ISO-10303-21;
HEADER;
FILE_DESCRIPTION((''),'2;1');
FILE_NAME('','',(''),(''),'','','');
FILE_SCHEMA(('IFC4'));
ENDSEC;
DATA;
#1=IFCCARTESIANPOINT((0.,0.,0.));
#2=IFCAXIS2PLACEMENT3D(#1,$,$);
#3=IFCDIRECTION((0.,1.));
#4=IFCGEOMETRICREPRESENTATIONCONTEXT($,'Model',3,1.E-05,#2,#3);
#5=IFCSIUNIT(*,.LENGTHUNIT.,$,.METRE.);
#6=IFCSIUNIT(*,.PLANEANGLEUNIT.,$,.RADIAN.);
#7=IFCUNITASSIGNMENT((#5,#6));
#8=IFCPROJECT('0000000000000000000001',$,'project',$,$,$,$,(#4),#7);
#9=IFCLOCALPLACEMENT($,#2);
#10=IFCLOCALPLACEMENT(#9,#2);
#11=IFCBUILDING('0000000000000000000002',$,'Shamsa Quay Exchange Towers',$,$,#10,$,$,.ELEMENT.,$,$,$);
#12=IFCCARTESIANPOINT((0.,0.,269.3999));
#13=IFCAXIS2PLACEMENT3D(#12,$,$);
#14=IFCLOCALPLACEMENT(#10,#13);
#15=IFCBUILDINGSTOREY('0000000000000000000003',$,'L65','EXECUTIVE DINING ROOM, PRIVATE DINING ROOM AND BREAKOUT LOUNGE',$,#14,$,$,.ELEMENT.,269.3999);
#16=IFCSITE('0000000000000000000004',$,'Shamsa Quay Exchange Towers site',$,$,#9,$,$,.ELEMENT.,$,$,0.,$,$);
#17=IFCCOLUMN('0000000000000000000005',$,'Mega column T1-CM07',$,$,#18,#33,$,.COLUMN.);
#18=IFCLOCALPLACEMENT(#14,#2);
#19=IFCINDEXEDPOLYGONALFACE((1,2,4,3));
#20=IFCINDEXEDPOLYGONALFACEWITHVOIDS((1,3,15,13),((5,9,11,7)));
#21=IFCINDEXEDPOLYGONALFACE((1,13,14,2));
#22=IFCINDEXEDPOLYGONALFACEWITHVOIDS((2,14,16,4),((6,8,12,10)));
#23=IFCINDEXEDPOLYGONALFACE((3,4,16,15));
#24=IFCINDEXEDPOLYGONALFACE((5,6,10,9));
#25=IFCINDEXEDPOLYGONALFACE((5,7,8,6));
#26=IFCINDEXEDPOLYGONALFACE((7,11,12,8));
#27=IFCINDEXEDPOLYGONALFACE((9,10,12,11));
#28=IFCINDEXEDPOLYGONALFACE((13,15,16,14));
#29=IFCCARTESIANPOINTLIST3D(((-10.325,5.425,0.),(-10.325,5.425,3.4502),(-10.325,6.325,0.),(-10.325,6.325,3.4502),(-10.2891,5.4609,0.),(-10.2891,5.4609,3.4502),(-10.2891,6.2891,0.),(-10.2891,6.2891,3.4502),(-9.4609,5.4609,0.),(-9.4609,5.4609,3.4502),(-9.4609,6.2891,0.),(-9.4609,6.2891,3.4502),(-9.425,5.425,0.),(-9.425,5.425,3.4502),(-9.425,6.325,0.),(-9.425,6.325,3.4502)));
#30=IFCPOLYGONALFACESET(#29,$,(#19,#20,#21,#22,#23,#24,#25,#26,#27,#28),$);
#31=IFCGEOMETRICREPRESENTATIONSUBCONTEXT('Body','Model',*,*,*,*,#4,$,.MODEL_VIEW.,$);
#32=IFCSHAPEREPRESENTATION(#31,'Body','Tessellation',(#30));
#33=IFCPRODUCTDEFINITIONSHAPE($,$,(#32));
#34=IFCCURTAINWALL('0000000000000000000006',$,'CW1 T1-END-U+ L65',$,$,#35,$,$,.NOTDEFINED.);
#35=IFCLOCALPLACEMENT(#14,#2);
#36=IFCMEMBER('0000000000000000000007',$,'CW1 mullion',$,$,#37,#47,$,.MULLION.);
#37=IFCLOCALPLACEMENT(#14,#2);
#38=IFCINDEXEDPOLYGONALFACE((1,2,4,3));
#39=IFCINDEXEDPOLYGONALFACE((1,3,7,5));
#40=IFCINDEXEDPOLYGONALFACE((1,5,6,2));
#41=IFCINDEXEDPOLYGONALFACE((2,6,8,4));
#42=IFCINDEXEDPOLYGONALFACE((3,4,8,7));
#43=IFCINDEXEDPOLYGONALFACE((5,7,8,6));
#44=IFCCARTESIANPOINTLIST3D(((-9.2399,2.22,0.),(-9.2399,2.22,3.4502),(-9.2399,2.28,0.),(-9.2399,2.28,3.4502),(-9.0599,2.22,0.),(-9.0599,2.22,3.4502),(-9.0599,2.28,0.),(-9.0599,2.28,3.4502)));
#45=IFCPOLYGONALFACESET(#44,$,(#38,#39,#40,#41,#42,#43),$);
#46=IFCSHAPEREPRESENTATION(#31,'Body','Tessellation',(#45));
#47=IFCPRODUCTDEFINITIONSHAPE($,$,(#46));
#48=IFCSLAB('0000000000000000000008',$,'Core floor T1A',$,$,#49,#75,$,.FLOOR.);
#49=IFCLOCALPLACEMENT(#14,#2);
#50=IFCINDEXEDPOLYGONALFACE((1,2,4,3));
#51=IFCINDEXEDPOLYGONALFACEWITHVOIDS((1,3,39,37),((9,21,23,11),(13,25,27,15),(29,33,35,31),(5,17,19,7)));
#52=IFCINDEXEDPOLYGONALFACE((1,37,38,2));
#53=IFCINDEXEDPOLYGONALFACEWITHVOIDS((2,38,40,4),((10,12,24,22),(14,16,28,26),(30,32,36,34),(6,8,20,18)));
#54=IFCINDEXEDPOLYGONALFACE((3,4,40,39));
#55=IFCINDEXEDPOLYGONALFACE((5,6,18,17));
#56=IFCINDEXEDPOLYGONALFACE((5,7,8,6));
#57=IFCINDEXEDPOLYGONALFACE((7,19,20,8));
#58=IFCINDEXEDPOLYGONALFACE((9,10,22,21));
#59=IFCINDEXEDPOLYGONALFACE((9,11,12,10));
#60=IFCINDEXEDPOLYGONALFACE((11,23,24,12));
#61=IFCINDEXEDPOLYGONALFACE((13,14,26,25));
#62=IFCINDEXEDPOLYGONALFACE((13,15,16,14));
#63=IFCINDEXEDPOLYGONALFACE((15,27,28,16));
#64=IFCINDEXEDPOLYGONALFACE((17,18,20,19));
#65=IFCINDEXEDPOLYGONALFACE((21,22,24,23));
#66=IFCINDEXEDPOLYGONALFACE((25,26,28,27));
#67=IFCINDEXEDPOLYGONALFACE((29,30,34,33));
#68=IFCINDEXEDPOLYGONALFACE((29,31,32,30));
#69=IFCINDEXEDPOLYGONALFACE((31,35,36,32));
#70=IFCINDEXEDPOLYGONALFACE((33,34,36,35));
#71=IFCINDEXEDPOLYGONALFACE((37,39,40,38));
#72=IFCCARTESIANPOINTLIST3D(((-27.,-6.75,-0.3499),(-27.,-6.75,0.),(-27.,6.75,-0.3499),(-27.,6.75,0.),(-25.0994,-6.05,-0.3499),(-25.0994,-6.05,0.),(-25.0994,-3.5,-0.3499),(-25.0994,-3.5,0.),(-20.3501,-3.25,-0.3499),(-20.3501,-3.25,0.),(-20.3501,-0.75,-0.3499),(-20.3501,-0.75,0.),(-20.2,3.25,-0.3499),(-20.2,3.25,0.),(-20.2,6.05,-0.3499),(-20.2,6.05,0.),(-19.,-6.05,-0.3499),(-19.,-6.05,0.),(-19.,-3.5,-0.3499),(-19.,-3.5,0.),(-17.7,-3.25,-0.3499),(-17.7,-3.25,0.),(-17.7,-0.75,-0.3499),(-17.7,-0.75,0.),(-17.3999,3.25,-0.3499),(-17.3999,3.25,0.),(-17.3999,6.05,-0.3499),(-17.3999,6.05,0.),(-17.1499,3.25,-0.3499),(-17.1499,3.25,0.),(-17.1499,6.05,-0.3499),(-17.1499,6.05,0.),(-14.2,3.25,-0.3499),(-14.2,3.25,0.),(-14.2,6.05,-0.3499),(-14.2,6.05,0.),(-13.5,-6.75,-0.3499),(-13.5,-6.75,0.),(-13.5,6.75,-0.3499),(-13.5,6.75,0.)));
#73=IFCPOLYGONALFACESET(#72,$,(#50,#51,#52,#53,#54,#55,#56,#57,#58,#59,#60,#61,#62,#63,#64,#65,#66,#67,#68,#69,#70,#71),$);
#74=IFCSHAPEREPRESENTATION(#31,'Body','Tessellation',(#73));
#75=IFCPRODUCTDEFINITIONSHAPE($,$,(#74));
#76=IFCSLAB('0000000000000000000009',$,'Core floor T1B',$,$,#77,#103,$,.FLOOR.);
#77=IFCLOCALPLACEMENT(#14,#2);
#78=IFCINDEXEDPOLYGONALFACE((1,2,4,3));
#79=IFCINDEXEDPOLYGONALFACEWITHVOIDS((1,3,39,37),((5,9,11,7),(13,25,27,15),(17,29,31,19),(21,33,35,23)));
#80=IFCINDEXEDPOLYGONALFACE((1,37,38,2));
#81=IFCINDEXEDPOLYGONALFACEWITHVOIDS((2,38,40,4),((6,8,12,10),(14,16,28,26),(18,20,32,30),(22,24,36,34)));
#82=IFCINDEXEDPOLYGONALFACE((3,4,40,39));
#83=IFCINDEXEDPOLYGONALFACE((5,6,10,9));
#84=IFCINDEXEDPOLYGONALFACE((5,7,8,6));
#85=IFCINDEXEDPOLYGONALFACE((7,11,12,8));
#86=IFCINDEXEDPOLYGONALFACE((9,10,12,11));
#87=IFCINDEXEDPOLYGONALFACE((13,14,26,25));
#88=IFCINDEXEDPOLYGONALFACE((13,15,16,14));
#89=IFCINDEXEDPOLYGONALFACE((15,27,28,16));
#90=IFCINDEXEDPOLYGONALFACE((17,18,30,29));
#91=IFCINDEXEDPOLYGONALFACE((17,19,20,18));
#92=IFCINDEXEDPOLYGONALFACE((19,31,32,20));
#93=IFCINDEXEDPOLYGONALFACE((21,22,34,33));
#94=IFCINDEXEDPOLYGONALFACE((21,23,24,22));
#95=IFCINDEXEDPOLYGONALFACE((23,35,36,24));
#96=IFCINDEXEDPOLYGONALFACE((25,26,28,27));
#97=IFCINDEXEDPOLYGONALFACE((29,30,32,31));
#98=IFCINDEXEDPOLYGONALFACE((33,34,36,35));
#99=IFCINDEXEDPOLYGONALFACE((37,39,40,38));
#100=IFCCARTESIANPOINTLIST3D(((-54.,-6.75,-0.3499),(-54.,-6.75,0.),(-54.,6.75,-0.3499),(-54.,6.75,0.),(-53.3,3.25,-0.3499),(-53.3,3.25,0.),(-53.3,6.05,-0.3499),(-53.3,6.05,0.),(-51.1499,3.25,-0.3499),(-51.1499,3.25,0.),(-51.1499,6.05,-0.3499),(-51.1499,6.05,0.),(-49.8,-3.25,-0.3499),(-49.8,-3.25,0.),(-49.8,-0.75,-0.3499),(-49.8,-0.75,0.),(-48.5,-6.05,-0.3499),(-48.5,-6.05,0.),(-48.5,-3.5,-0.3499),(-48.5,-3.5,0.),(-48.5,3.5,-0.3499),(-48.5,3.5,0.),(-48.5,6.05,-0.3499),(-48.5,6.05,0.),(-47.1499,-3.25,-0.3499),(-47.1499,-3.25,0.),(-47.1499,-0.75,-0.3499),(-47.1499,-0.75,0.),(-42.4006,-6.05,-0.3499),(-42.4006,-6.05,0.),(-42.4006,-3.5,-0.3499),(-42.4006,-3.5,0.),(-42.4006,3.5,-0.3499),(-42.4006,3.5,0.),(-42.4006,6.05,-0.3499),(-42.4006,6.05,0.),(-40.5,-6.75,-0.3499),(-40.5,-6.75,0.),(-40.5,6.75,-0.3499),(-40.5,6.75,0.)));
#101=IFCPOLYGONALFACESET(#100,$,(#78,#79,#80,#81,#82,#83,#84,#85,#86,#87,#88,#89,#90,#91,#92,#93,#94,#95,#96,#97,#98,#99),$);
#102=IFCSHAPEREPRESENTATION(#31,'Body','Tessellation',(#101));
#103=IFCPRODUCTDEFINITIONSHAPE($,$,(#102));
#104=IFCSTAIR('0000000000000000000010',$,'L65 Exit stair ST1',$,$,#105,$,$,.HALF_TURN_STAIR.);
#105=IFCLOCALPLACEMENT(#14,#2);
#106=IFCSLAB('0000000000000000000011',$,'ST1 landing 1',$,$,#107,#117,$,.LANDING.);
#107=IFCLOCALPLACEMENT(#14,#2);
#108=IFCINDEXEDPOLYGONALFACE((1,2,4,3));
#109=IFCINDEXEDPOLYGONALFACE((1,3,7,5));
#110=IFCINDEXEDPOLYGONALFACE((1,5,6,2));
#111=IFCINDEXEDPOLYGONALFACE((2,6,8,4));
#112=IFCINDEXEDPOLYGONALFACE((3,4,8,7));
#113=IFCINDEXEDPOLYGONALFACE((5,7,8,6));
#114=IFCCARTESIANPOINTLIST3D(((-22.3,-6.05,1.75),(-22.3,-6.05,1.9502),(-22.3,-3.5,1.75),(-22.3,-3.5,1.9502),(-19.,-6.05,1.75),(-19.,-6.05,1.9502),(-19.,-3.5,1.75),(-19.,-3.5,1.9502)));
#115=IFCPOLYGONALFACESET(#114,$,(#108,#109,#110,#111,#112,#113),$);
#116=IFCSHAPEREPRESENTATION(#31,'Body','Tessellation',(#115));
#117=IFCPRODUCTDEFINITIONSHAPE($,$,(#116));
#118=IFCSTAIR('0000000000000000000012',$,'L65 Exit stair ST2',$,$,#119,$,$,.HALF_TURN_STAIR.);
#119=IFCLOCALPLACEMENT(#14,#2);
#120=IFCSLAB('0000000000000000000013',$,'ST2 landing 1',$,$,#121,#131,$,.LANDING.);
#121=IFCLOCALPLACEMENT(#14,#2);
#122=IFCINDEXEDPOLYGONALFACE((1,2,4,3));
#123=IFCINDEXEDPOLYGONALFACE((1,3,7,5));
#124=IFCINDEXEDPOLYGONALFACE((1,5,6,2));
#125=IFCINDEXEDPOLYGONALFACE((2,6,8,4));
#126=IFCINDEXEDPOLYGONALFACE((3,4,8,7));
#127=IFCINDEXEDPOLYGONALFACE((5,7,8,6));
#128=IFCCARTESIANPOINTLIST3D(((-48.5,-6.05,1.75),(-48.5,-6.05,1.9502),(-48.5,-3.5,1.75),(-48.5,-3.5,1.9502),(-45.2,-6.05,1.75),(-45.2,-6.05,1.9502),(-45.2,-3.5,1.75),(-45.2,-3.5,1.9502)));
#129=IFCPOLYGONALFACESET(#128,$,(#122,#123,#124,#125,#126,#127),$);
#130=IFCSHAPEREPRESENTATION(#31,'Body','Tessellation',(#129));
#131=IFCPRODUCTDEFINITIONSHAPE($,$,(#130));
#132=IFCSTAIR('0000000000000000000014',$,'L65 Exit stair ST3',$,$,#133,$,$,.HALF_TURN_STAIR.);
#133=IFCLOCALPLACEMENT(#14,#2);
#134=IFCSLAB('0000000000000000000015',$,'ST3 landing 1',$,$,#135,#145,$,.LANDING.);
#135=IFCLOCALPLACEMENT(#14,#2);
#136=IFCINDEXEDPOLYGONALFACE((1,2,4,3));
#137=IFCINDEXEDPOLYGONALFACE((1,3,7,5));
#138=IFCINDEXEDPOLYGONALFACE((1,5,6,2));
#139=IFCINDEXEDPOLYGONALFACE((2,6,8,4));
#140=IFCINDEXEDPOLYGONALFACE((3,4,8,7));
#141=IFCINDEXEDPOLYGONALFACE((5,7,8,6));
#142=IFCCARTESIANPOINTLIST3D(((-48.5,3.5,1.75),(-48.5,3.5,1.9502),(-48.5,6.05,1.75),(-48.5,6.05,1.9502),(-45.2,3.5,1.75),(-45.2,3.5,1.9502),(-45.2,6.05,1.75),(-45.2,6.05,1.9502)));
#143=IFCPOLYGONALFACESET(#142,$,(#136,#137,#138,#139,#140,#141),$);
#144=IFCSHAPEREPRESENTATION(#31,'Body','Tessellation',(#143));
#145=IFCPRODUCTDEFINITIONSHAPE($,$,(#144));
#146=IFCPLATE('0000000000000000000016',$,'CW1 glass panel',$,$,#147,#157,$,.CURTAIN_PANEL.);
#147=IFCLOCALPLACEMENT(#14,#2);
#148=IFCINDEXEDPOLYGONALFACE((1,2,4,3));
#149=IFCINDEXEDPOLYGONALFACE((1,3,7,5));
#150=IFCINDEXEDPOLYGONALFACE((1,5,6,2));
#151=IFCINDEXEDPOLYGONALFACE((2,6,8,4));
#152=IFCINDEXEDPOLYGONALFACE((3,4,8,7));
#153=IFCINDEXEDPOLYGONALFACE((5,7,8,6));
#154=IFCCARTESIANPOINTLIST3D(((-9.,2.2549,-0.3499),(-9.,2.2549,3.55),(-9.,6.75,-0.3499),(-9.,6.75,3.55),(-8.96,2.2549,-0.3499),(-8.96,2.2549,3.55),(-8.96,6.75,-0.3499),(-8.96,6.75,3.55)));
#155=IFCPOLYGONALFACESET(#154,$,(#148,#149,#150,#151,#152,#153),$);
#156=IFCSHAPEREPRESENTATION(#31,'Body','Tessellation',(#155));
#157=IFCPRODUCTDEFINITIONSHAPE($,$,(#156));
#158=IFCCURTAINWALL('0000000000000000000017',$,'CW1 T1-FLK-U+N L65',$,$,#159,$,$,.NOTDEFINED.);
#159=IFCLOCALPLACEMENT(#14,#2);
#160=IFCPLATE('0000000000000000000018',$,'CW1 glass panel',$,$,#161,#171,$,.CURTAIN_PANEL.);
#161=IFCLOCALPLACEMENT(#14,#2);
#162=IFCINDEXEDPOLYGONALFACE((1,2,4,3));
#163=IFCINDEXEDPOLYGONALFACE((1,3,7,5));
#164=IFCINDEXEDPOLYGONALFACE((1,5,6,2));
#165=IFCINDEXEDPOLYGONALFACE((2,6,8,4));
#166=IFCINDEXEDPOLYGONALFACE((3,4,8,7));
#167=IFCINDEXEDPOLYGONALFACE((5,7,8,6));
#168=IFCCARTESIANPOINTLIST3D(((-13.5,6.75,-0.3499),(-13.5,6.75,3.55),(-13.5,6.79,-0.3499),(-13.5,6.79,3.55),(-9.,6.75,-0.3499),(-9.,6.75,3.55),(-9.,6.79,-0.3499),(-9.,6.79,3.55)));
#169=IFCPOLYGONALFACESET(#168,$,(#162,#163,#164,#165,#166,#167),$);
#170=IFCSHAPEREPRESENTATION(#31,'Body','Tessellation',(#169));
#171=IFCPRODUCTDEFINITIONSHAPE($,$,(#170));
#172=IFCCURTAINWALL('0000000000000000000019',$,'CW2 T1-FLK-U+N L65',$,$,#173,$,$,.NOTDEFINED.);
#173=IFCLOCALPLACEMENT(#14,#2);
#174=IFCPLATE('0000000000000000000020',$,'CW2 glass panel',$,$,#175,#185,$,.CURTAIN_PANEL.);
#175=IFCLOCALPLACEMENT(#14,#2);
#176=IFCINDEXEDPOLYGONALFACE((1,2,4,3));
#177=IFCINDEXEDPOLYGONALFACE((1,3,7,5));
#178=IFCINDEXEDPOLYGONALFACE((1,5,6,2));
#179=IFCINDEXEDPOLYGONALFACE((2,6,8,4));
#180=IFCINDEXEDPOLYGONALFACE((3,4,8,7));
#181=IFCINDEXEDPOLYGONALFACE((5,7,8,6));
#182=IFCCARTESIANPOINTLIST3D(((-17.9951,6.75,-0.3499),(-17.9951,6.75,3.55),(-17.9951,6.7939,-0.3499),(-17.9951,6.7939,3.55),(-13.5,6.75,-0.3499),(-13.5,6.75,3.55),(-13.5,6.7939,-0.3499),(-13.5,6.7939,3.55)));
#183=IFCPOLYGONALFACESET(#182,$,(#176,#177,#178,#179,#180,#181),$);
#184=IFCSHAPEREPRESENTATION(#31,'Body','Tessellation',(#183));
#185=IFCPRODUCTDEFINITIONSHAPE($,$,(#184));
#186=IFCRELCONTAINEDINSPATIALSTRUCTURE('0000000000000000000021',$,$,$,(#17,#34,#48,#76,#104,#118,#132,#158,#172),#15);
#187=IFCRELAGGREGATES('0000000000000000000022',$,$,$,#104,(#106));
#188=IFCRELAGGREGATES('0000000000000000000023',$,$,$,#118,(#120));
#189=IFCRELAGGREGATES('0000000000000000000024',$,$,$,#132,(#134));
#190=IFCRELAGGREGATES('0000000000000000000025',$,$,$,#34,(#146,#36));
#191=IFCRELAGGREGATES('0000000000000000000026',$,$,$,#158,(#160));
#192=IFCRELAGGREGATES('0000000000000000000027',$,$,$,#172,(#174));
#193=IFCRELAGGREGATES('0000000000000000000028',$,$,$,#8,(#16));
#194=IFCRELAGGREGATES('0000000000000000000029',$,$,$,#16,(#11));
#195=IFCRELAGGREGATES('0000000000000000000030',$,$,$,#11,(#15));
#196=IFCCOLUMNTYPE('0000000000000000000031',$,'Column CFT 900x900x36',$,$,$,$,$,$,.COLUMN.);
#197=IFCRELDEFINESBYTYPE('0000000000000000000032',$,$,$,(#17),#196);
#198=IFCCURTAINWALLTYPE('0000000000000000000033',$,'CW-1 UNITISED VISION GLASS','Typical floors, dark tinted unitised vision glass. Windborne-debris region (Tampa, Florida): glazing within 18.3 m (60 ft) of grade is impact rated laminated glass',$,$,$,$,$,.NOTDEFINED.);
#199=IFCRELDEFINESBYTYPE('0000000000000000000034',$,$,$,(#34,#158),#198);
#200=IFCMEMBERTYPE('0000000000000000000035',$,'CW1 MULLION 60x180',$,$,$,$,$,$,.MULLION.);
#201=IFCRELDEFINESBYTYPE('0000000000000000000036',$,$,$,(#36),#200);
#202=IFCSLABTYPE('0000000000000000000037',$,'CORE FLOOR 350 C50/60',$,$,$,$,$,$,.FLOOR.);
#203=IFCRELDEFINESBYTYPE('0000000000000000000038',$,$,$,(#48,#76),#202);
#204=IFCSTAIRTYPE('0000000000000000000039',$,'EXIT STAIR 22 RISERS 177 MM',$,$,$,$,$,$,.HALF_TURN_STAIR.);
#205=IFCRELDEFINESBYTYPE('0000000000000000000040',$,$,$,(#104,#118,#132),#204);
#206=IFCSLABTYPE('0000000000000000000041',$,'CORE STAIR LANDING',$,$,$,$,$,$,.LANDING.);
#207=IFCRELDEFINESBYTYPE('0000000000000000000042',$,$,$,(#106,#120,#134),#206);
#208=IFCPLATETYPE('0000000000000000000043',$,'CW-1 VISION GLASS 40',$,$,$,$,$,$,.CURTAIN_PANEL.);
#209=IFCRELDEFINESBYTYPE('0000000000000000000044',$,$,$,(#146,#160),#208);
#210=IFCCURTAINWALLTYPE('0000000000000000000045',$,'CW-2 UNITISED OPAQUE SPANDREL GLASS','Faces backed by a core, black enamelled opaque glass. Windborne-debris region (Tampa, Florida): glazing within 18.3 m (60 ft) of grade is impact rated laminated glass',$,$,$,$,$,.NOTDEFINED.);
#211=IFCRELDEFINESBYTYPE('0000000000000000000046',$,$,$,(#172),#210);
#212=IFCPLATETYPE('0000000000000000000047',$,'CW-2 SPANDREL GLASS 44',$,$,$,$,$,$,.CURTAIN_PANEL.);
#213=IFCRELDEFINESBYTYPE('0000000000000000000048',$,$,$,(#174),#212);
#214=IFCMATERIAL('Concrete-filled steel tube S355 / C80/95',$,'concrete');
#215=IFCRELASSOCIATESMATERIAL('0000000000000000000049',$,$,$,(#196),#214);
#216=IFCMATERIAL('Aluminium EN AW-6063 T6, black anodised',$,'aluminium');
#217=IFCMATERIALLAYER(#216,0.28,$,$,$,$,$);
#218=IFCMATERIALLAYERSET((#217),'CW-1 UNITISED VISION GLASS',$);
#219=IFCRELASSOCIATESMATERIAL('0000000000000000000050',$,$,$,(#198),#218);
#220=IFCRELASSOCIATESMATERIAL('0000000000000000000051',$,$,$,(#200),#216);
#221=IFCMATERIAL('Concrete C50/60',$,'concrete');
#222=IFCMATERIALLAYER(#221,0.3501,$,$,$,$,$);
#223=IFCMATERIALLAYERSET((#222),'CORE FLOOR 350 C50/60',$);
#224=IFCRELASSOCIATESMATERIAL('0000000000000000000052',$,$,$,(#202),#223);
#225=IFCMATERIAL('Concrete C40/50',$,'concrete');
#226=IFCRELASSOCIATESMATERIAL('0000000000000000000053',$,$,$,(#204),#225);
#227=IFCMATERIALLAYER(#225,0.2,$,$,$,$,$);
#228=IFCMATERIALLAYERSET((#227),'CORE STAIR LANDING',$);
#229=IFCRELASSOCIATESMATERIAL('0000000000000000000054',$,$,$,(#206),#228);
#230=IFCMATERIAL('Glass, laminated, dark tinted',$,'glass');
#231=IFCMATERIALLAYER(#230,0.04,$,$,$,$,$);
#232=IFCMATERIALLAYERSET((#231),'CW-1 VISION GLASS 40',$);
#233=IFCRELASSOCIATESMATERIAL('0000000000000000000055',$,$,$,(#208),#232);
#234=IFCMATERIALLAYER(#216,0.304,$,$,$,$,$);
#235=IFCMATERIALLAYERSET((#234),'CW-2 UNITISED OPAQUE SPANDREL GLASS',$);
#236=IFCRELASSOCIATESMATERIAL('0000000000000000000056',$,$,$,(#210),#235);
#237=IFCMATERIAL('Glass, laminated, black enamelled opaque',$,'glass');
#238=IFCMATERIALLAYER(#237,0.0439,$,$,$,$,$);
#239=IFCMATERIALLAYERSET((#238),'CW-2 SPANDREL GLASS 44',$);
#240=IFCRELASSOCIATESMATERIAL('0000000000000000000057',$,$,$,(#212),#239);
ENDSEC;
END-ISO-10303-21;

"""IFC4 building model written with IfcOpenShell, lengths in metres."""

from ifc_helpers import new_model, si_unit, direction, frame, origin, origin_2d, place, context, subcontext, project, spatial, polyline, rectangle, hollow_rectangle, outline, extrude, material, layer, layer_set, material_profile, profile_set, type_object, element, aggregate, save


model = new_model("IFC4")

# Units and contexts
model_context = context("Model", 3, precision=1e-05, world=origin(), true_north=direction((0.0, 1.0)))
body_context = subcontext(model_context, "Body", "Model", "MODEL_VIEW")
ifc_project = project(units=[si_unit("LENGTHUNIT", "METRE"), si_unit("PLANEANGLEUNIT", "RADIAN")], contexts=[model_context])

# Site, building, storey
site_placement = place(None, origin())
site = spatial("IfcSite", under=ifc_project, at=site_placement, Name="Shamsa Quay Exchange Towers site", CompositionType="ELEMENT", RefElevation=0.0)
building_placement = place(site_placement, origin())
building = spatial("IfcBuilding", under=site, at=building_placement, Name="Shamsa Quay Exchange Towers", CompositionType="ELEMENT")
storey_placement = place(building_placement, frame((0.0, 0.0, 269.3999)))
storey = spatial("IfcBuildingStorey", under=building, at=storey_placement, Name="L65", Description="EXECUTIVE DINING ROOM, PRIVATE DINING ROOM AND BREAKOUT LOUNGE", CompositionType="ELEMENT", Elevation=269.3999)

# Column
ifc_material_1 = material(Name="Concrete-filled steel tube S355 / C80/95", Category="concrete")
ifc_material_profile_1 = material_profile(ifc_material_1, hollow_rectangle(XDim=0.8999, YDim=0.8999, WallThickness=0.0359, at=origin_2d()), Name="CFT 900x900x36")
ifc_profile_set_1 = profile_set([ifc_material_profile_1], Name="Concrete-filled steel tube S355 / C80/95")
column_type = type_object("IfcColumnType", Name="Column CFT 900x900x36", PredefinedType="COLUMN", material=ifc_profile_set_1)
column_placement = place(storey_placement, frame((-9.875, 5.875, 0.0)))
element("IfcColumn", 1, at=column_placement, inside=storey, type_object=column_type, Name="Mega column T1-CM07", PredefinedType="COLUMN", context=body_context, shape_type="SweptSolid", body=[
    extrude(hollow_rectangle(XDim=0.8999, YDim=0.8999, WallThickness=0.0359, at=origin_2d()), origin(), (0.0, 0.0, 1.0), 3.4502),
])

# Curtain wall, member
ifc_material_2 = material(Name="Aluminium EN AW-6063 T6, black anodised", Category="aluminium")
ifc_layer_1 = layer(ifc_material_2, 0.28)
ifc_layer_set_1 = layer_set([ifc_layer_1], Name="CW-1 UNITISED VISION GLASS")
curtain_wall_type_1 = type_object("IfcCurtainWallType", Name="CW-1 UNITISED VISION GLASS", Description="Typical floors, dark tinted unitised vision glass. Windborne-debris region (Tampa, Florida): glazing within 18.3 m (60 ft) of grade is impact rated laminated glass", PredefinedType="NOTDEFINED", material=ifc_layer_set_1)
curtain_wall_1_placement = place(storey_placement, origin())
curtain_wall_1 = element("IfcCurtainWall", 2, at=curtain_wall_1_placement, inside=storey, type_object=curtain_wall_type_1, Name="CW1 T1-END-U+ L65", PredefinedType="NOTDEFINED")
ifc_material_profile_2 = material_profile(ifc_material_2, rectangle(XDim=0.1799, YDim=0.0601, at=origin_2d()), Name="MU60x180")
ifc_profile_set_2 = profile_set([ifc_material_profile_2], Name="Aluminium EN AW-6063 T6, black anodised")
member_type = type_object("IfcMemberType", Name="CW1 MULLION 60x180", PredefinedType="MULLION", material=ifc_profile_set_2)
member_placement = place(storey_placement, frame((-9.1499, 2.25, 0.0), z_axis=(0.0, 0.0, 1.0), x_axis=(-1.0, 0.0, 0.0)))
member = element("IfcMember", 3, at=member_placement, type_object=member_type, Name="CW1 mullion", PredefinedType="MULLION", context=body_context, shape_type="SweptSolid", body=[
    extrude(rectangle(XDim=0.1799, YDim=0.0601, at=origin_2d()), origin(), (0.0, 0.0, 1.0), 3.4502),
])

# Slabs
ifc_material_3 = material(Name="Concrete C50/60", Category="concrete")
ifc_layer_2 = layer(ifc_material_3, 0.3501)
ifc_layer_set_2 = layer_set([ifc_layer_2], Name="CORE FLOOR 350 C50/60")
slab_type_1 = type_object("IfcSlabType", Name="CORE FLOOR 350 C50/60", PredefinedType="FLOOR", material=ifc_layer_set_2)
slab_1_placement = place(storey_placement, frame((0.0, 0.0, -0.3499)))
element("IfcSlab", 4, at=slab_1_placement, inside=storey, type_object=slab_type_1, Name="Core floor T1A", PredefinedType="FLOOR", context=body_context, shape_type="SweptSolid", body=[
    extrude(outline(polyline([(-27.0, -6.75), (-13.5, -6.75), (-13.5, 6.75), (-27.0, 6.75), (-27.0, -6.75)]), holes=[polyline([(-25.0994, -6.05), (-25.0994, -3.5), (-19.0, -3.5), (-19.0, -6.05), (-25.0994, -6.05)]), polyline([(-20.2, 3.25), (-20.2, 6.05), (-17.3999, 6.05), (-17.3999, 3.25), (-20.2, 3.25)]), polyline([(-17.1499, 3.25), (-17.1499, 6.05), (-14.2, 6.05), (-14.2, 3.25), (-17.1499, 3.25)]), polyline([(-20.3501, -3.25), (-20.3501, -0.75), (-17.7, -0.75), (-17.7, -3.25), (-20.3501, -3.25)])]), origin(), (0.0, 0.0, 1.0), 0.3499),
])
slab_2_placement = place(storey_placement, frame((0.0, 0.0, -0.3499)))
element("IfcSlab", 5, at=slab_2_placement, inside=storey, type_object=slab_type_1, Name="Core floor T1B", PredefinedType="FLOOR", context=body_context, shape_type="SweptSolid", body=[
    extrude(outline(polyline([(-40.5, -6.75), (-40.5, 6.75), (-54.0, 6.75), (-54.0, -6.75), (-40.5, -6.75)]), holes=[polyline([(-42.4006, -3.5), (-42.4006, -6.05), (-48.5, -6.05), (-48.5, -3.5), (-42.4006, -3.5)]), polyline([(-42.4006, 6.05), (-42.4006, 3.5), (-48.5, 3.5), (-48.5, 6.05), (-42.4006, 6.05)]), polyline([(-51.1499, 3.25), (-53.3, 3.25), (-53.3, 6.05), (-51.1499, 6.05), (-51.1499, 3.25)]), polyline([(-47.1499, -3.25), (-49.8, -3.25), (-49.8, -0.75), (-47.1499, -0.75), (-47.1499, -3.25)])]), origin(), (0.0, 0.0, 1.0), 0.3499),
])

# Stairs, slabs
ifc_material_4 = material(Name="Concrete C40/50", Category="concrete")
stair_type = type_object("IfcStairType", Name="EXIT STAIR 22 RISERS 177 MM", PredefinedType="HALF_TURN_STAIR", material=ifc_material_4)
stair_1_placement = place(storey_placement, origin())
stair_1 = element("IfcStair", 6, at=stair_1_placement, inside=storey, type_object=stair_type, Name="L65 Exit stair ST1", PredefinedType="HALF_TURN_STAIR")
ifc_layer_3 = layer(ifc_material_4, 0.2)
ifc_layer_set_3 = layer_set([ifc_layer_3], Name="CORE STAIR LANDING")
slab_type_2 = type_object("IfcSlabType", Name="CORE STAIR LANDING", PredefinedType="LANDING", material=ifc_layer_set_3)
slab_3_placement = place(storey_placement, frame((0.0, 0.0, 1.75)))
slab_3 = element("IfcSlab", 7, at=slab_3_placement, type_object=slab_type_2, Name="ST1 landing 1", PredefinedType="LANDING", context=body_context, shape_type="SweptSolid", body=[
    extrude(outline(polyline([(-22.3, -6.05), (-19.0, -6.05), (-19.0, -3.5), (-22.3, -3.5), (-22.3, -6.05)])), origin(), (0.0, 0.0, 1.0), 0.2002),
])
aggregate(stair_1, [slab_3])
stair_2_placement = place(storey_placement, origin())
stair_2 = element("IfcStair", 8, at=stair_2_placement, inside=storey, type_object=stair_type, Name="L65 Exit stair ST2", PredefinedType="HALF_TURN_STAIR")
slab_4_placement = place(storey_placement, frame((0.0, 0.0, 1.75)))
slab_4 = element("IfcSlab", 9, at=slab_4_placement, type_object=slab_type_2, Name="ST2 landing 1", PredefinedType="LANDING", context=body_context, shape_type="SweptSolid", body=[
    extrude(outline(polyline([(-45.2, -3.5), (-48.5, -3.5), (-48.5, -6.05), (-45.2, -6.05), (-45.2, -3.5)])), origin(), (0.0, 0.0, 1.0), 0.2002),
])
aggregate(stair_2, [slab_4])
stair_3_placement = place(storey_placement, origin())
stair_3 = element("IfcStair", 10, at=stair_3_placement, inside=storey, type_object=stair_type, Name="L65 Exit stair ST3", PredefinedType="HALF_TURN_STAIR")
slab_5_placement = place(storey_placement, frame((0.0, 0.0, 1.75)))
slab_5 = element("IfcSlab", 11, at=slab_5_placement, type_object=slab_type_2, Name="ST3 landing 1", PredefinedType="LANDING", context=body_context, shape_type="SweptSolid", body=[
    extrude(outline(polyline([(-45.2, 6.05), (-48.5, 6.05), (-48.5, 3.5), (-45.2, 3.5), (-45.2, 6.05)])), origin(), (0.0, 0.0, 1.0), 0.2002),
])
aggregate(stair_3, [slab_5])

# Plate
ifc_material_5 = material(Name="Glass, laminated, dark tinted", Category="glass")
ifc_layer_4 = layer(ifc_material_5, 0.04)
ifc_layer_set_4 = layer_set([ifc_layer_4], Name="CW-1 VISION GLASS 40")
plate_type_1 = type_object("IfcPlateType", Name="CW-1 VISION GLASS 40", PredefinedType="CURTAIN_PANEL", material=ifc_layer_set_4)
plate_1_placement = place(storey_placement, frame((-8.98, 4.5024, -0.3499), z_axis=(0.0, 0.0, 1.0), x_axis=(0.0, 1.0, 0.0)))
plate_1 = element("IfcPlate", 12, at=plate_1_placement, type_object=plate_type_1, Name="CW1 glass panel", PredefinedType="CURTAIN_PANEL", context=body_context, shape_type="SweptSolid", body=[
    extrude(rectangle(XDim=4.4951, YDim=0.04, at=origin_2d()), origin(), (0.0, 0.0, 1.0), 3.8999),
])
aggregate(curtain_wall_1, [plate_1, member])

# Curtain walls, plates
curtain_wall_2_placement = place(storey_placement, origin())
curtain_wall_2 = element("IfcCurtainWall", 13, at=curtain_wall_2_placement, inside=storey, type_object=curtain_wall_type_1, Name="CW1 T1-FLK-U+N L65", PredefinedType="NOTDEFINED")
plate_2_placement = place(storey_placement, frame((-11.25, 6.77, -0.3499), z_axis=(0.0, 0.0, 1.0), x_axis=(-1.0, 0.0, 0.0)))
plate_2 = element("IfcPlate", 14, at=plate_2_placement, type_object=plate_type_1, Name="CW1 glass panel", PredefinedType="CURTAIN_PANEL", context=body_context, shape_type="SweptSolid", body=[
    extrude(rectangle(XDim=4.5, YDim=0.04, at=origin_2d()), origin(), (0.0, 0.0, 1.0), 3.8999),
])
aggregate(curtain_wall_2, [plate_2])
ifc_layer_5 = layer(ifc_material_2, 0.304)
ifc_layer_set_5 = layer_set([ifc_layer_5], Name="CW-2 UNITISED OPAQUE SPANDREL GLASS")
curtain_wall_type_2 = type_object("IfcCurtainWallType", Name="CW-2 UNITISED OPAQUE SPANDREL GLASS", Description="Faces backed by a core, black enamelled opaque glass. Windborne-debris region (Tampa, Florida): glazing within 18.3 m (60 ft) of grade is impact rated laminated glass", PredefinedType="NOTDEFINED", material=ifc_layer_set_5)
curtain_wall_3_placement = place(storey_placement, origin())
curtain_wall_3 = element("IfcCurtainWall", 15, at=curtain_wall_3_placement, inside=storey, type_object=curtain_wall_type_2, Name="CW2 T1-FLK-U+N L65", PredefinedType="NOTDEFINED")
ifc_material_6 = material(Name="Glass, laminated, black enamelled opaque", Category="glass")
ifc_layer_6 = layer(ifc_material_6, 0.0439)
ifc_layer_set_6 = layer_set([ifc_layer_6], Name="CW-2 SPANDREL GLASS 44")
plate_type_2 = type_object("IfcPlateType", Name="CW-2 SPANDREL GLASS 44", PredefinedType="CURTAIN_PANEL", material=ifc_layer_set_6)
plate_3_placement = place(storey_placement, frame((-15.7476, 6.772, -0.3499), z_axis=(0.0, 0.0, 1.0), x_axis=(-1.0, 0.0, 0.0)))
plate_3 = element("IfcPlate", 16, at=plate_3_placement, type_object=plate_type_2, Name="CW2 glass panel", PredefinedType="CURTAIN_PANEL", context=body_context, shape_type="SweptSolid", body=[
    extrude(rectangle(XDim=4.4951, YDim=0.0439, at=origin_2d()), origin(), (0.0, 0.0, 1.0), 3.8999),
])
aggregate(curtain_wall_3, [plate_3])

save(model, "model.ifc")
